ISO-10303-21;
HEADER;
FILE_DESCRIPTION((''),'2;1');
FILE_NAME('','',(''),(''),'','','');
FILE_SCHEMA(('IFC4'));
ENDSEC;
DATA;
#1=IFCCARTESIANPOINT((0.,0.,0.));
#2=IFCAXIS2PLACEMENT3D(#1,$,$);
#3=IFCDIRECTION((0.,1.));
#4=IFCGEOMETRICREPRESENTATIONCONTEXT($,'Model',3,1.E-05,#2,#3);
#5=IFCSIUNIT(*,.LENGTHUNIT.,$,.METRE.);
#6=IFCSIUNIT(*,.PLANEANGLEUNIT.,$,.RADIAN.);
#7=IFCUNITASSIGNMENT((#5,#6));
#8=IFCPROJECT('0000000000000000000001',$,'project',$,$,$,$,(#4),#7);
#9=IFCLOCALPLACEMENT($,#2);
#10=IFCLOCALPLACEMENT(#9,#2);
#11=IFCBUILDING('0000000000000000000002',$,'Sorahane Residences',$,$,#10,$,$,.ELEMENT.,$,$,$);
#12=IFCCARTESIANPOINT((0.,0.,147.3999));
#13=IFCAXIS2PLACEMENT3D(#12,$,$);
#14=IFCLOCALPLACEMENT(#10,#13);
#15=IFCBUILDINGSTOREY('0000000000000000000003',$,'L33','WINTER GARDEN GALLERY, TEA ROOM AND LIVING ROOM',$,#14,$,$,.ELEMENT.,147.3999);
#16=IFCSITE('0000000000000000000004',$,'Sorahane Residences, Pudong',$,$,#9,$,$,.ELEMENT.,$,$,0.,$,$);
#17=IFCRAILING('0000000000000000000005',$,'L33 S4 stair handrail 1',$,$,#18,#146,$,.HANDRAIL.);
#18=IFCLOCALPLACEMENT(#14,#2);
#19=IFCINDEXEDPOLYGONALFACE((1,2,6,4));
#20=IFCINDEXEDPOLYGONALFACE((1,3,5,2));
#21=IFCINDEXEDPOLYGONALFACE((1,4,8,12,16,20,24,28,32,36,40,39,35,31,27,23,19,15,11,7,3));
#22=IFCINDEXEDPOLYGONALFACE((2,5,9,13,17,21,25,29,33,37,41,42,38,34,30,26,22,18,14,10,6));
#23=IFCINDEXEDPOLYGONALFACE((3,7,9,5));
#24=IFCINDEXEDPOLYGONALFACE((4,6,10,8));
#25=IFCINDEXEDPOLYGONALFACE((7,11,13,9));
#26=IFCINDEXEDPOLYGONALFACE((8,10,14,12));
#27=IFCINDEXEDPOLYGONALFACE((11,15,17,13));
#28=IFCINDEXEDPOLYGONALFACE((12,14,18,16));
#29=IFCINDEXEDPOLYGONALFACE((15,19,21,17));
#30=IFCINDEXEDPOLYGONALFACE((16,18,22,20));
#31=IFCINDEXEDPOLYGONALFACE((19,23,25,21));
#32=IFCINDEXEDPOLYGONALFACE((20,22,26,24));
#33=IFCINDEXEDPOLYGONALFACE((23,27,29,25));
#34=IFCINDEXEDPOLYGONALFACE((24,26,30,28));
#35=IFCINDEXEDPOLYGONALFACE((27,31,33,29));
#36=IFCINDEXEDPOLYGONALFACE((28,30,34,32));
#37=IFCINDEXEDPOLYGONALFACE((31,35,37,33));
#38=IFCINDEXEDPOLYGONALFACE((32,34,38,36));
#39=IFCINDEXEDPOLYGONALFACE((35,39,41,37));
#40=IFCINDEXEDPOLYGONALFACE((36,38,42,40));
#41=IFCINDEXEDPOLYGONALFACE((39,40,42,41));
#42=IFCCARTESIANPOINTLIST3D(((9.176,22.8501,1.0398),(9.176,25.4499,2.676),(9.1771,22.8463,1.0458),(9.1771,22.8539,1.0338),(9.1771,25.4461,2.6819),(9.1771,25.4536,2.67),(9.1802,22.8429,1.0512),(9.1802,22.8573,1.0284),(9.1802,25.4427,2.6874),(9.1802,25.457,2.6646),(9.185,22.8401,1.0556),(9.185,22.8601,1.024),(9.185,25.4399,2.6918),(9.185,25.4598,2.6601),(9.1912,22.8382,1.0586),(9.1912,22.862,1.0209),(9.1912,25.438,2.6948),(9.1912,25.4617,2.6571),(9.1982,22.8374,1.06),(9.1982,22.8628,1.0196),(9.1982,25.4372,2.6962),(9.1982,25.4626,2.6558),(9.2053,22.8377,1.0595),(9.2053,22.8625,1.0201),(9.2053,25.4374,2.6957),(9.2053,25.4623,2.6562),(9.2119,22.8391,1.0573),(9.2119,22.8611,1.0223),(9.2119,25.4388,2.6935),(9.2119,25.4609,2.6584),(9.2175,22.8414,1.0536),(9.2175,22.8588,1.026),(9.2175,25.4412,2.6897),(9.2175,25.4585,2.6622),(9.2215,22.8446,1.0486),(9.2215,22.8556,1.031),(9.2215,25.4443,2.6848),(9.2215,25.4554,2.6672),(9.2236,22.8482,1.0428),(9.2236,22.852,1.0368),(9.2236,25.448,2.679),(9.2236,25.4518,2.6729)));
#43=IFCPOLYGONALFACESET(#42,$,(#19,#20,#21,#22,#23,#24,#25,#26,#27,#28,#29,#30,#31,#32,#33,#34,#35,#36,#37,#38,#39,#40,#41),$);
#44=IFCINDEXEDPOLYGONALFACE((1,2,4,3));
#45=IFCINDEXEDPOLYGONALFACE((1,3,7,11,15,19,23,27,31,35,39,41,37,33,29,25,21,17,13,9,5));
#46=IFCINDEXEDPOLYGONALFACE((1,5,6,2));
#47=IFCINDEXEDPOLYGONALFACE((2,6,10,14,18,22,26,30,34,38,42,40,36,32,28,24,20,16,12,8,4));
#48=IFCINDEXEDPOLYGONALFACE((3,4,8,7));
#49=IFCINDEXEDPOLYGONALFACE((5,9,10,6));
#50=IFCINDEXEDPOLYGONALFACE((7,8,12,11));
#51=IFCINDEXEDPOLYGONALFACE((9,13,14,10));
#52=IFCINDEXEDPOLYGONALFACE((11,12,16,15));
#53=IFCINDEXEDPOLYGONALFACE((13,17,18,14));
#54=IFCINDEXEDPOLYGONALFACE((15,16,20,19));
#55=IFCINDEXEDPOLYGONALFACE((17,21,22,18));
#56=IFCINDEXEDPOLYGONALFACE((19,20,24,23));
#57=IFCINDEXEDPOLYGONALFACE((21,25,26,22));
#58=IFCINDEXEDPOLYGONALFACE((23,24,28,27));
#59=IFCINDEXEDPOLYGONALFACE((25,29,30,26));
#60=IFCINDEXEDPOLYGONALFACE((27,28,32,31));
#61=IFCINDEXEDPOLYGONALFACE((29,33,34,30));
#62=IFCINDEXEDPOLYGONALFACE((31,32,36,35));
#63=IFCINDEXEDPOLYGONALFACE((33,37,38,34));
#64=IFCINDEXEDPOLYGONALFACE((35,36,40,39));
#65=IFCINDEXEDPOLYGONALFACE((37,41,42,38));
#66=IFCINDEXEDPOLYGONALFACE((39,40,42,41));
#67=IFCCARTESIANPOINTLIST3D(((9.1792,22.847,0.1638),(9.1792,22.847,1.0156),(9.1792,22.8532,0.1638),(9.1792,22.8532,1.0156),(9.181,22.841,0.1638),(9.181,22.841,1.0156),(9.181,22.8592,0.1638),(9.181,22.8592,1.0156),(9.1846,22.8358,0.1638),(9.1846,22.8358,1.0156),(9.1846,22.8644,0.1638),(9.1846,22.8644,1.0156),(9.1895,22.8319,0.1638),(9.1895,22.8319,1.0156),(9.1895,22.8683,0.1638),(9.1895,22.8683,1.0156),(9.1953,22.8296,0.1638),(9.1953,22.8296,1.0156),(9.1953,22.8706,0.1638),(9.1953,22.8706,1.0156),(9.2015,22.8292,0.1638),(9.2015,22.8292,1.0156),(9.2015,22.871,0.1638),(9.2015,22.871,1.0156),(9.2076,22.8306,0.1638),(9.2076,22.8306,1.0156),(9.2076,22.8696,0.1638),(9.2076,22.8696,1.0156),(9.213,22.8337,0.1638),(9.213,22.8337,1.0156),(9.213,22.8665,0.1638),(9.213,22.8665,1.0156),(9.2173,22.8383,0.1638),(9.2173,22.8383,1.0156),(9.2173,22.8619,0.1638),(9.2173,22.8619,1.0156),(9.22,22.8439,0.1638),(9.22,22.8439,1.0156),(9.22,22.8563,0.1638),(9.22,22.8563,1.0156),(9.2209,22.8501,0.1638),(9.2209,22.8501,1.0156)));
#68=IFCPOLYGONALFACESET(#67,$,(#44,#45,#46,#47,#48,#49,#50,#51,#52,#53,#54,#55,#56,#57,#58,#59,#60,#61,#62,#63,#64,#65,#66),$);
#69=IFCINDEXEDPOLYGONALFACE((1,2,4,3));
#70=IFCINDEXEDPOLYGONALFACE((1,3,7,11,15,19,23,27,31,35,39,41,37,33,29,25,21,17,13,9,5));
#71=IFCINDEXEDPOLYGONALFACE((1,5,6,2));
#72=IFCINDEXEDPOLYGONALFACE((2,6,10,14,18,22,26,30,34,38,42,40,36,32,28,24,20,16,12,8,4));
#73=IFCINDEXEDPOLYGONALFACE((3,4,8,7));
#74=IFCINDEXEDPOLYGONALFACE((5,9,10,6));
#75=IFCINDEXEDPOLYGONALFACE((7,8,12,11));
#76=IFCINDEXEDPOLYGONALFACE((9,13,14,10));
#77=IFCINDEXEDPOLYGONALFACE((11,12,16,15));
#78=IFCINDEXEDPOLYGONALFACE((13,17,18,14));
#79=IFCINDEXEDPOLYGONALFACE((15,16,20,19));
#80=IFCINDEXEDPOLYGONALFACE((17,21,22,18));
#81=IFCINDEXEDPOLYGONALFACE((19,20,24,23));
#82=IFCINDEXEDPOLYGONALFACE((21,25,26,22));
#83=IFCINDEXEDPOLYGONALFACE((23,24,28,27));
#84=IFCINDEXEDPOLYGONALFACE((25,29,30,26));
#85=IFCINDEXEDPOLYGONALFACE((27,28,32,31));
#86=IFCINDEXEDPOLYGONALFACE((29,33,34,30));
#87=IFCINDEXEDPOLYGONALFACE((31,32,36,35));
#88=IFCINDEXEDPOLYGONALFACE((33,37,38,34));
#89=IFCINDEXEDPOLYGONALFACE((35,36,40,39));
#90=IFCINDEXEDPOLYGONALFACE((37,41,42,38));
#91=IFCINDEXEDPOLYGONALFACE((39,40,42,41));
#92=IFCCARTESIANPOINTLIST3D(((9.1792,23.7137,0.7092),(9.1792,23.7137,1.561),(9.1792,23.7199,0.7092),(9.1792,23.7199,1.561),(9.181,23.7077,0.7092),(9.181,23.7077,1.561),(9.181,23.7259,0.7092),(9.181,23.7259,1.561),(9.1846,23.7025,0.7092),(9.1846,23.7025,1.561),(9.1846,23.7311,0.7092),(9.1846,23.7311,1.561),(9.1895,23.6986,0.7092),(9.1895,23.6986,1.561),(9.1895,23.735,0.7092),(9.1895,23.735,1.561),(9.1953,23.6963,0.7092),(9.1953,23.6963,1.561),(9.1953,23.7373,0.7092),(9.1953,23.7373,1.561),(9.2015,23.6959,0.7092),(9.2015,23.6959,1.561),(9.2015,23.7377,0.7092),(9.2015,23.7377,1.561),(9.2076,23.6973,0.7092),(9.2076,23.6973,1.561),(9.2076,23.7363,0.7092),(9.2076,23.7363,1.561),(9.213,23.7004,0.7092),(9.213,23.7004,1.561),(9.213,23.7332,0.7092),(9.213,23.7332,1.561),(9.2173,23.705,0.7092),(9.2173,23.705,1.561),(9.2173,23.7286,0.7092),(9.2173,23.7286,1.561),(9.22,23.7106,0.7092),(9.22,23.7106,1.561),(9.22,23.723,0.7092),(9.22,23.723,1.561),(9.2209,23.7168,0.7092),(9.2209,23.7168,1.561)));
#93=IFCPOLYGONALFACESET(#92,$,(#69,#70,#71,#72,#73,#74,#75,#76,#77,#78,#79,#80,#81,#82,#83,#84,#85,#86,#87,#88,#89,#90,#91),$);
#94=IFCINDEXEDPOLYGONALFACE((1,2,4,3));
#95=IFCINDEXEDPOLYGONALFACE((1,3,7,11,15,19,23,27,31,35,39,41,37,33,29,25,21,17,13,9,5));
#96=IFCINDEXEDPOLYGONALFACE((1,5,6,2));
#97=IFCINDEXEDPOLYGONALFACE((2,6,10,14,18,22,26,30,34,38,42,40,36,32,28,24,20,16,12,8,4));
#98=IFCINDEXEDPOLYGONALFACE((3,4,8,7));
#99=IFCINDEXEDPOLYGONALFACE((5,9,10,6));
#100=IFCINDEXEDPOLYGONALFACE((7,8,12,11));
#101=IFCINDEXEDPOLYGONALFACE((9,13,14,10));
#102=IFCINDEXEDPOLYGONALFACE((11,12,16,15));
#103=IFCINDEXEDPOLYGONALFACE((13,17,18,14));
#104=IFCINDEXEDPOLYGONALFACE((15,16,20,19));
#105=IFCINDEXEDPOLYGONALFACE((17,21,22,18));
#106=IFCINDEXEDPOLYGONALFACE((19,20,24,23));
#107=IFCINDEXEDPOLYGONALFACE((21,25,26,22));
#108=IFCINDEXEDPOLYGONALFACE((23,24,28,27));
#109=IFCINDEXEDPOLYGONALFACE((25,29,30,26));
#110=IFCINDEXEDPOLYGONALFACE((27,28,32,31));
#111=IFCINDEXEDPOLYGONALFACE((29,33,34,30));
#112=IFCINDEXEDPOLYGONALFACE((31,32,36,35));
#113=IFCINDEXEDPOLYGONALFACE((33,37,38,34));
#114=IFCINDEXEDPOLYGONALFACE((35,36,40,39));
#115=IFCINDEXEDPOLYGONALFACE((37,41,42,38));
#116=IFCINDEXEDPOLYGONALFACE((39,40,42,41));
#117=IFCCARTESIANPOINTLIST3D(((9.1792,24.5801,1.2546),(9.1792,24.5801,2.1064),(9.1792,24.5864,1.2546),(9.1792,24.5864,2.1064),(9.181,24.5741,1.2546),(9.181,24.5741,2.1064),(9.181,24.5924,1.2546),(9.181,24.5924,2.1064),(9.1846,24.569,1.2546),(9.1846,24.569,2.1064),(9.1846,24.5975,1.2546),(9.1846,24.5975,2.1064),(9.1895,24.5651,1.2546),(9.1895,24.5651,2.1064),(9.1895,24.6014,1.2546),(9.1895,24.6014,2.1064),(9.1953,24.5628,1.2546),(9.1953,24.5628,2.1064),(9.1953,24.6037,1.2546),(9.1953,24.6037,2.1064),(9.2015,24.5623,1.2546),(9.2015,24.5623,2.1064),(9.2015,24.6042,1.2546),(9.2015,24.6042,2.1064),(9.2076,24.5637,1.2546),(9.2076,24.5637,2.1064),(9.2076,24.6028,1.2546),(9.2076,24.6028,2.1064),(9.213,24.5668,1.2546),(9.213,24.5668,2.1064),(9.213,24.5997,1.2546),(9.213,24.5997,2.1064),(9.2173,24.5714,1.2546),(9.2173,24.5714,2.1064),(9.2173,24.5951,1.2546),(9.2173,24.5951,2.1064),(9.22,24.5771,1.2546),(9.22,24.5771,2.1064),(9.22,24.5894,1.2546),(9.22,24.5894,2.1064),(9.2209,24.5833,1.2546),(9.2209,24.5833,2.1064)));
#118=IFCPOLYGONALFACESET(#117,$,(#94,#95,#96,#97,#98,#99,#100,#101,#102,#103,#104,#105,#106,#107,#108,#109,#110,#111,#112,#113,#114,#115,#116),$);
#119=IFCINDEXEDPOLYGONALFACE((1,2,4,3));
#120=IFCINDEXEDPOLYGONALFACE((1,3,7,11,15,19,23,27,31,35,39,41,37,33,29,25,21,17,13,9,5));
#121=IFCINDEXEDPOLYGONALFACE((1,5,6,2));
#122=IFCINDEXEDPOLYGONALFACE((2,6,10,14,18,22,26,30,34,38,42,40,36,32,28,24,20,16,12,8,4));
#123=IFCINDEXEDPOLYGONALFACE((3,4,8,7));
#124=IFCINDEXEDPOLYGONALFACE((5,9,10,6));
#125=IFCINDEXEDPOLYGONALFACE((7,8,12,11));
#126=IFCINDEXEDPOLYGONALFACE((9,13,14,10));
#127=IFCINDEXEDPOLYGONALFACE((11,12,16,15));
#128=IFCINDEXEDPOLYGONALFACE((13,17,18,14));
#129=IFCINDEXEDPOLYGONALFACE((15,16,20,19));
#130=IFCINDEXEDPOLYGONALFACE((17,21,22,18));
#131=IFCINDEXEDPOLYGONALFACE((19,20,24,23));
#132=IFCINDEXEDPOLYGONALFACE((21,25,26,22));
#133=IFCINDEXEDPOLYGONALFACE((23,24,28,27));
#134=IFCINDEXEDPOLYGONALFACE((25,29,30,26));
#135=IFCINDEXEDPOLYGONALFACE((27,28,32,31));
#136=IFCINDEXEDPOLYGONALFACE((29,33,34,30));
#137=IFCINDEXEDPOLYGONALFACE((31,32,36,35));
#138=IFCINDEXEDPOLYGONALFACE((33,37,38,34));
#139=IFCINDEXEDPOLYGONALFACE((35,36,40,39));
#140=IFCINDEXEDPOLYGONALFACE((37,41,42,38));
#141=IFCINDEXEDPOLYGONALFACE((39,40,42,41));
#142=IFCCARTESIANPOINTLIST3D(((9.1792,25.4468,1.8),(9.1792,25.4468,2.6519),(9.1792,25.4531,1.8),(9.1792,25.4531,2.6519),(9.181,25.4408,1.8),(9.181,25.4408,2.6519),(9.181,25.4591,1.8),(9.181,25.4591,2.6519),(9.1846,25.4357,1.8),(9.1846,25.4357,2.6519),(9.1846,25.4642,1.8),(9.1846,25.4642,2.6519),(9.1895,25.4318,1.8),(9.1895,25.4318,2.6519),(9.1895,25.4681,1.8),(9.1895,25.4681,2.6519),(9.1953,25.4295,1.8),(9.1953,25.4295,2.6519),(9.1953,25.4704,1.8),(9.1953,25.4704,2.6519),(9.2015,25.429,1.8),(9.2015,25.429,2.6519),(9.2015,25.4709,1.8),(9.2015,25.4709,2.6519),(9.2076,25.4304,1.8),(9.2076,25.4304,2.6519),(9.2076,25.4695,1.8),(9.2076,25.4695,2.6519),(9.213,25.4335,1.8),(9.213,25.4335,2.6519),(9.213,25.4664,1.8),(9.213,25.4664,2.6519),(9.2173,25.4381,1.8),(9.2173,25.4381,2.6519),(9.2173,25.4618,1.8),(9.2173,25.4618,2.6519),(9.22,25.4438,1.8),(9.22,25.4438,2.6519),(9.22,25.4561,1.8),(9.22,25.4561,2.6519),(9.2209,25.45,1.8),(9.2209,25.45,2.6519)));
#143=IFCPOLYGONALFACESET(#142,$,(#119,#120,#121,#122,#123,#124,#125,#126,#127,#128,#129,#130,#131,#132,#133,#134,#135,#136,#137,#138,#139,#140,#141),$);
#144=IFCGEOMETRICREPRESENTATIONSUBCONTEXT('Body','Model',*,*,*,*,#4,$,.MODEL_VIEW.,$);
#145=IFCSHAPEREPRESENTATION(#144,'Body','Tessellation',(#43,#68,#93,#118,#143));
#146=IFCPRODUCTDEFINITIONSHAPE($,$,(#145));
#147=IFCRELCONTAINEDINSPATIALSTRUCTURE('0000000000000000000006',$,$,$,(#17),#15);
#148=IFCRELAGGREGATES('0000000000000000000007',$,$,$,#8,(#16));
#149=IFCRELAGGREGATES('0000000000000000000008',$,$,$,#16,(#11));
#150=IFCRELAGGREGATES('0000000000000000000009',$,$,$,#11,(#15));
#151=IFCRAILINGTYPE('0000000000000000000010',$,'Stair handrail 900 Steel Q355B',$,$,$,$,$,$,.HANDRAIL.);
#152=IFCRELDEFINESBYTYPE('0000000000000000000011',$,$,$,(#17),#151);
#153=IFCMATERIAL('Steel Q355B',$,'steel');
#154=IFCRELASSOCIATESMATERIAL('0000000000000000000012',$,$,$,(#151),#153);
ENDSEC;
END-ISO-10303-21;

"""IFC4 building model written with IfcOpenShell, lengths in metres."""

from ifc_helpers import new_model, si_unit, direction, frame, origin, origin_2d, place, context, subcontext, project, spatial, circle, extrude, material, type_object, element, save


model = new_model("IFC4")

# Units and contexts
model_context = context("Model", 3, precision=1e-05, world=origin(), true_north=direction((0.0, 1.0)))
body_context = subcontext(model_context, "Body", "Model", "MODEL_VIEW")
ifc_project = project(units=[si_unit("LENGTHUNIT", "METRE"), si_unit("PLANEANGLEUNIT", "RADIAN")], contexts=[model_context])

# Site, building, storey
site_placement = place(None, origin())
site = spatial("IfcSite", under=ifc_project, at=site_placement, Name="Sorahane Residences, Pudong", CompositionType="ELEMENT", RefElevation=0.0)
building_placement = place(site_placement, origin())
building = spatial("IfcBuilding", under=site, at=building_placement, Name="Sorahane Residences", CompositionType="ELEMENT")
storey_placement = place(building_placement, frame((0.0, 0.0, 147.3999)))
storey = spatial("IfcBuildingStorey", under=building, at=storey_placement, Name="L33", Description="WINTER GARDEN GALLERY, TEA ROOM AND LIVING ROOM", CompositionType="ELEMENT", Elevation=147.3999)

# Railing
ifc_material_1 = material(Name="Steel Q355B", Category="steel")
railing_type_1 = type_object("IfcRailingType", Name="Stair handrail 900 Steel Q355B", PredefinedType="HANDRAIL", material=ifc_material_1)
railing_1_placement = place(storey_placement, frame((9.2, 22.8501, 0.1638)))
element("IfcRailing", 1, at=railing_1_placement, inside=storey, type_object=railing_type_1, Name="L33 S4 stair handrail 1", PredefinedType="HANDRAIL", context=body_context, shape_type="SweptSolid", body=[
    extrude(circle(Radius=0.0239, at=origin_2d()), frame((0.0, 0.0, 0.876), z_axis=(0.0, 0.846338, 0.532647), x_axis=(-1.0, 0.0, 0.0)), (0.0, 0.0, 1.0), 3.0718),
    extrude(circle(Radius=0.021, at=origin_2d()), origin(), (0.0, 0.0, 1.0), 0.8518),
    extrude(circle(Radius=0.021, at=origin_2d()), frame((0.0, 0.8667, 0.5454)), (0.0, 0.0, 1.0), 0.8518),
    extrude(circle(Radius=0.021, at=origin_2d()), frame((0.0, 1.7332, 1.0908)), (0.0, 0.0, 1.0), 0.8518),
    extrude(circle(Radius=0.021, at=origin_2d()), frame((0.0, 2.5999, 1.6362)), (0.0, 0.0, 1.0), 0.8518),
])

save(model, "model.ifc")
